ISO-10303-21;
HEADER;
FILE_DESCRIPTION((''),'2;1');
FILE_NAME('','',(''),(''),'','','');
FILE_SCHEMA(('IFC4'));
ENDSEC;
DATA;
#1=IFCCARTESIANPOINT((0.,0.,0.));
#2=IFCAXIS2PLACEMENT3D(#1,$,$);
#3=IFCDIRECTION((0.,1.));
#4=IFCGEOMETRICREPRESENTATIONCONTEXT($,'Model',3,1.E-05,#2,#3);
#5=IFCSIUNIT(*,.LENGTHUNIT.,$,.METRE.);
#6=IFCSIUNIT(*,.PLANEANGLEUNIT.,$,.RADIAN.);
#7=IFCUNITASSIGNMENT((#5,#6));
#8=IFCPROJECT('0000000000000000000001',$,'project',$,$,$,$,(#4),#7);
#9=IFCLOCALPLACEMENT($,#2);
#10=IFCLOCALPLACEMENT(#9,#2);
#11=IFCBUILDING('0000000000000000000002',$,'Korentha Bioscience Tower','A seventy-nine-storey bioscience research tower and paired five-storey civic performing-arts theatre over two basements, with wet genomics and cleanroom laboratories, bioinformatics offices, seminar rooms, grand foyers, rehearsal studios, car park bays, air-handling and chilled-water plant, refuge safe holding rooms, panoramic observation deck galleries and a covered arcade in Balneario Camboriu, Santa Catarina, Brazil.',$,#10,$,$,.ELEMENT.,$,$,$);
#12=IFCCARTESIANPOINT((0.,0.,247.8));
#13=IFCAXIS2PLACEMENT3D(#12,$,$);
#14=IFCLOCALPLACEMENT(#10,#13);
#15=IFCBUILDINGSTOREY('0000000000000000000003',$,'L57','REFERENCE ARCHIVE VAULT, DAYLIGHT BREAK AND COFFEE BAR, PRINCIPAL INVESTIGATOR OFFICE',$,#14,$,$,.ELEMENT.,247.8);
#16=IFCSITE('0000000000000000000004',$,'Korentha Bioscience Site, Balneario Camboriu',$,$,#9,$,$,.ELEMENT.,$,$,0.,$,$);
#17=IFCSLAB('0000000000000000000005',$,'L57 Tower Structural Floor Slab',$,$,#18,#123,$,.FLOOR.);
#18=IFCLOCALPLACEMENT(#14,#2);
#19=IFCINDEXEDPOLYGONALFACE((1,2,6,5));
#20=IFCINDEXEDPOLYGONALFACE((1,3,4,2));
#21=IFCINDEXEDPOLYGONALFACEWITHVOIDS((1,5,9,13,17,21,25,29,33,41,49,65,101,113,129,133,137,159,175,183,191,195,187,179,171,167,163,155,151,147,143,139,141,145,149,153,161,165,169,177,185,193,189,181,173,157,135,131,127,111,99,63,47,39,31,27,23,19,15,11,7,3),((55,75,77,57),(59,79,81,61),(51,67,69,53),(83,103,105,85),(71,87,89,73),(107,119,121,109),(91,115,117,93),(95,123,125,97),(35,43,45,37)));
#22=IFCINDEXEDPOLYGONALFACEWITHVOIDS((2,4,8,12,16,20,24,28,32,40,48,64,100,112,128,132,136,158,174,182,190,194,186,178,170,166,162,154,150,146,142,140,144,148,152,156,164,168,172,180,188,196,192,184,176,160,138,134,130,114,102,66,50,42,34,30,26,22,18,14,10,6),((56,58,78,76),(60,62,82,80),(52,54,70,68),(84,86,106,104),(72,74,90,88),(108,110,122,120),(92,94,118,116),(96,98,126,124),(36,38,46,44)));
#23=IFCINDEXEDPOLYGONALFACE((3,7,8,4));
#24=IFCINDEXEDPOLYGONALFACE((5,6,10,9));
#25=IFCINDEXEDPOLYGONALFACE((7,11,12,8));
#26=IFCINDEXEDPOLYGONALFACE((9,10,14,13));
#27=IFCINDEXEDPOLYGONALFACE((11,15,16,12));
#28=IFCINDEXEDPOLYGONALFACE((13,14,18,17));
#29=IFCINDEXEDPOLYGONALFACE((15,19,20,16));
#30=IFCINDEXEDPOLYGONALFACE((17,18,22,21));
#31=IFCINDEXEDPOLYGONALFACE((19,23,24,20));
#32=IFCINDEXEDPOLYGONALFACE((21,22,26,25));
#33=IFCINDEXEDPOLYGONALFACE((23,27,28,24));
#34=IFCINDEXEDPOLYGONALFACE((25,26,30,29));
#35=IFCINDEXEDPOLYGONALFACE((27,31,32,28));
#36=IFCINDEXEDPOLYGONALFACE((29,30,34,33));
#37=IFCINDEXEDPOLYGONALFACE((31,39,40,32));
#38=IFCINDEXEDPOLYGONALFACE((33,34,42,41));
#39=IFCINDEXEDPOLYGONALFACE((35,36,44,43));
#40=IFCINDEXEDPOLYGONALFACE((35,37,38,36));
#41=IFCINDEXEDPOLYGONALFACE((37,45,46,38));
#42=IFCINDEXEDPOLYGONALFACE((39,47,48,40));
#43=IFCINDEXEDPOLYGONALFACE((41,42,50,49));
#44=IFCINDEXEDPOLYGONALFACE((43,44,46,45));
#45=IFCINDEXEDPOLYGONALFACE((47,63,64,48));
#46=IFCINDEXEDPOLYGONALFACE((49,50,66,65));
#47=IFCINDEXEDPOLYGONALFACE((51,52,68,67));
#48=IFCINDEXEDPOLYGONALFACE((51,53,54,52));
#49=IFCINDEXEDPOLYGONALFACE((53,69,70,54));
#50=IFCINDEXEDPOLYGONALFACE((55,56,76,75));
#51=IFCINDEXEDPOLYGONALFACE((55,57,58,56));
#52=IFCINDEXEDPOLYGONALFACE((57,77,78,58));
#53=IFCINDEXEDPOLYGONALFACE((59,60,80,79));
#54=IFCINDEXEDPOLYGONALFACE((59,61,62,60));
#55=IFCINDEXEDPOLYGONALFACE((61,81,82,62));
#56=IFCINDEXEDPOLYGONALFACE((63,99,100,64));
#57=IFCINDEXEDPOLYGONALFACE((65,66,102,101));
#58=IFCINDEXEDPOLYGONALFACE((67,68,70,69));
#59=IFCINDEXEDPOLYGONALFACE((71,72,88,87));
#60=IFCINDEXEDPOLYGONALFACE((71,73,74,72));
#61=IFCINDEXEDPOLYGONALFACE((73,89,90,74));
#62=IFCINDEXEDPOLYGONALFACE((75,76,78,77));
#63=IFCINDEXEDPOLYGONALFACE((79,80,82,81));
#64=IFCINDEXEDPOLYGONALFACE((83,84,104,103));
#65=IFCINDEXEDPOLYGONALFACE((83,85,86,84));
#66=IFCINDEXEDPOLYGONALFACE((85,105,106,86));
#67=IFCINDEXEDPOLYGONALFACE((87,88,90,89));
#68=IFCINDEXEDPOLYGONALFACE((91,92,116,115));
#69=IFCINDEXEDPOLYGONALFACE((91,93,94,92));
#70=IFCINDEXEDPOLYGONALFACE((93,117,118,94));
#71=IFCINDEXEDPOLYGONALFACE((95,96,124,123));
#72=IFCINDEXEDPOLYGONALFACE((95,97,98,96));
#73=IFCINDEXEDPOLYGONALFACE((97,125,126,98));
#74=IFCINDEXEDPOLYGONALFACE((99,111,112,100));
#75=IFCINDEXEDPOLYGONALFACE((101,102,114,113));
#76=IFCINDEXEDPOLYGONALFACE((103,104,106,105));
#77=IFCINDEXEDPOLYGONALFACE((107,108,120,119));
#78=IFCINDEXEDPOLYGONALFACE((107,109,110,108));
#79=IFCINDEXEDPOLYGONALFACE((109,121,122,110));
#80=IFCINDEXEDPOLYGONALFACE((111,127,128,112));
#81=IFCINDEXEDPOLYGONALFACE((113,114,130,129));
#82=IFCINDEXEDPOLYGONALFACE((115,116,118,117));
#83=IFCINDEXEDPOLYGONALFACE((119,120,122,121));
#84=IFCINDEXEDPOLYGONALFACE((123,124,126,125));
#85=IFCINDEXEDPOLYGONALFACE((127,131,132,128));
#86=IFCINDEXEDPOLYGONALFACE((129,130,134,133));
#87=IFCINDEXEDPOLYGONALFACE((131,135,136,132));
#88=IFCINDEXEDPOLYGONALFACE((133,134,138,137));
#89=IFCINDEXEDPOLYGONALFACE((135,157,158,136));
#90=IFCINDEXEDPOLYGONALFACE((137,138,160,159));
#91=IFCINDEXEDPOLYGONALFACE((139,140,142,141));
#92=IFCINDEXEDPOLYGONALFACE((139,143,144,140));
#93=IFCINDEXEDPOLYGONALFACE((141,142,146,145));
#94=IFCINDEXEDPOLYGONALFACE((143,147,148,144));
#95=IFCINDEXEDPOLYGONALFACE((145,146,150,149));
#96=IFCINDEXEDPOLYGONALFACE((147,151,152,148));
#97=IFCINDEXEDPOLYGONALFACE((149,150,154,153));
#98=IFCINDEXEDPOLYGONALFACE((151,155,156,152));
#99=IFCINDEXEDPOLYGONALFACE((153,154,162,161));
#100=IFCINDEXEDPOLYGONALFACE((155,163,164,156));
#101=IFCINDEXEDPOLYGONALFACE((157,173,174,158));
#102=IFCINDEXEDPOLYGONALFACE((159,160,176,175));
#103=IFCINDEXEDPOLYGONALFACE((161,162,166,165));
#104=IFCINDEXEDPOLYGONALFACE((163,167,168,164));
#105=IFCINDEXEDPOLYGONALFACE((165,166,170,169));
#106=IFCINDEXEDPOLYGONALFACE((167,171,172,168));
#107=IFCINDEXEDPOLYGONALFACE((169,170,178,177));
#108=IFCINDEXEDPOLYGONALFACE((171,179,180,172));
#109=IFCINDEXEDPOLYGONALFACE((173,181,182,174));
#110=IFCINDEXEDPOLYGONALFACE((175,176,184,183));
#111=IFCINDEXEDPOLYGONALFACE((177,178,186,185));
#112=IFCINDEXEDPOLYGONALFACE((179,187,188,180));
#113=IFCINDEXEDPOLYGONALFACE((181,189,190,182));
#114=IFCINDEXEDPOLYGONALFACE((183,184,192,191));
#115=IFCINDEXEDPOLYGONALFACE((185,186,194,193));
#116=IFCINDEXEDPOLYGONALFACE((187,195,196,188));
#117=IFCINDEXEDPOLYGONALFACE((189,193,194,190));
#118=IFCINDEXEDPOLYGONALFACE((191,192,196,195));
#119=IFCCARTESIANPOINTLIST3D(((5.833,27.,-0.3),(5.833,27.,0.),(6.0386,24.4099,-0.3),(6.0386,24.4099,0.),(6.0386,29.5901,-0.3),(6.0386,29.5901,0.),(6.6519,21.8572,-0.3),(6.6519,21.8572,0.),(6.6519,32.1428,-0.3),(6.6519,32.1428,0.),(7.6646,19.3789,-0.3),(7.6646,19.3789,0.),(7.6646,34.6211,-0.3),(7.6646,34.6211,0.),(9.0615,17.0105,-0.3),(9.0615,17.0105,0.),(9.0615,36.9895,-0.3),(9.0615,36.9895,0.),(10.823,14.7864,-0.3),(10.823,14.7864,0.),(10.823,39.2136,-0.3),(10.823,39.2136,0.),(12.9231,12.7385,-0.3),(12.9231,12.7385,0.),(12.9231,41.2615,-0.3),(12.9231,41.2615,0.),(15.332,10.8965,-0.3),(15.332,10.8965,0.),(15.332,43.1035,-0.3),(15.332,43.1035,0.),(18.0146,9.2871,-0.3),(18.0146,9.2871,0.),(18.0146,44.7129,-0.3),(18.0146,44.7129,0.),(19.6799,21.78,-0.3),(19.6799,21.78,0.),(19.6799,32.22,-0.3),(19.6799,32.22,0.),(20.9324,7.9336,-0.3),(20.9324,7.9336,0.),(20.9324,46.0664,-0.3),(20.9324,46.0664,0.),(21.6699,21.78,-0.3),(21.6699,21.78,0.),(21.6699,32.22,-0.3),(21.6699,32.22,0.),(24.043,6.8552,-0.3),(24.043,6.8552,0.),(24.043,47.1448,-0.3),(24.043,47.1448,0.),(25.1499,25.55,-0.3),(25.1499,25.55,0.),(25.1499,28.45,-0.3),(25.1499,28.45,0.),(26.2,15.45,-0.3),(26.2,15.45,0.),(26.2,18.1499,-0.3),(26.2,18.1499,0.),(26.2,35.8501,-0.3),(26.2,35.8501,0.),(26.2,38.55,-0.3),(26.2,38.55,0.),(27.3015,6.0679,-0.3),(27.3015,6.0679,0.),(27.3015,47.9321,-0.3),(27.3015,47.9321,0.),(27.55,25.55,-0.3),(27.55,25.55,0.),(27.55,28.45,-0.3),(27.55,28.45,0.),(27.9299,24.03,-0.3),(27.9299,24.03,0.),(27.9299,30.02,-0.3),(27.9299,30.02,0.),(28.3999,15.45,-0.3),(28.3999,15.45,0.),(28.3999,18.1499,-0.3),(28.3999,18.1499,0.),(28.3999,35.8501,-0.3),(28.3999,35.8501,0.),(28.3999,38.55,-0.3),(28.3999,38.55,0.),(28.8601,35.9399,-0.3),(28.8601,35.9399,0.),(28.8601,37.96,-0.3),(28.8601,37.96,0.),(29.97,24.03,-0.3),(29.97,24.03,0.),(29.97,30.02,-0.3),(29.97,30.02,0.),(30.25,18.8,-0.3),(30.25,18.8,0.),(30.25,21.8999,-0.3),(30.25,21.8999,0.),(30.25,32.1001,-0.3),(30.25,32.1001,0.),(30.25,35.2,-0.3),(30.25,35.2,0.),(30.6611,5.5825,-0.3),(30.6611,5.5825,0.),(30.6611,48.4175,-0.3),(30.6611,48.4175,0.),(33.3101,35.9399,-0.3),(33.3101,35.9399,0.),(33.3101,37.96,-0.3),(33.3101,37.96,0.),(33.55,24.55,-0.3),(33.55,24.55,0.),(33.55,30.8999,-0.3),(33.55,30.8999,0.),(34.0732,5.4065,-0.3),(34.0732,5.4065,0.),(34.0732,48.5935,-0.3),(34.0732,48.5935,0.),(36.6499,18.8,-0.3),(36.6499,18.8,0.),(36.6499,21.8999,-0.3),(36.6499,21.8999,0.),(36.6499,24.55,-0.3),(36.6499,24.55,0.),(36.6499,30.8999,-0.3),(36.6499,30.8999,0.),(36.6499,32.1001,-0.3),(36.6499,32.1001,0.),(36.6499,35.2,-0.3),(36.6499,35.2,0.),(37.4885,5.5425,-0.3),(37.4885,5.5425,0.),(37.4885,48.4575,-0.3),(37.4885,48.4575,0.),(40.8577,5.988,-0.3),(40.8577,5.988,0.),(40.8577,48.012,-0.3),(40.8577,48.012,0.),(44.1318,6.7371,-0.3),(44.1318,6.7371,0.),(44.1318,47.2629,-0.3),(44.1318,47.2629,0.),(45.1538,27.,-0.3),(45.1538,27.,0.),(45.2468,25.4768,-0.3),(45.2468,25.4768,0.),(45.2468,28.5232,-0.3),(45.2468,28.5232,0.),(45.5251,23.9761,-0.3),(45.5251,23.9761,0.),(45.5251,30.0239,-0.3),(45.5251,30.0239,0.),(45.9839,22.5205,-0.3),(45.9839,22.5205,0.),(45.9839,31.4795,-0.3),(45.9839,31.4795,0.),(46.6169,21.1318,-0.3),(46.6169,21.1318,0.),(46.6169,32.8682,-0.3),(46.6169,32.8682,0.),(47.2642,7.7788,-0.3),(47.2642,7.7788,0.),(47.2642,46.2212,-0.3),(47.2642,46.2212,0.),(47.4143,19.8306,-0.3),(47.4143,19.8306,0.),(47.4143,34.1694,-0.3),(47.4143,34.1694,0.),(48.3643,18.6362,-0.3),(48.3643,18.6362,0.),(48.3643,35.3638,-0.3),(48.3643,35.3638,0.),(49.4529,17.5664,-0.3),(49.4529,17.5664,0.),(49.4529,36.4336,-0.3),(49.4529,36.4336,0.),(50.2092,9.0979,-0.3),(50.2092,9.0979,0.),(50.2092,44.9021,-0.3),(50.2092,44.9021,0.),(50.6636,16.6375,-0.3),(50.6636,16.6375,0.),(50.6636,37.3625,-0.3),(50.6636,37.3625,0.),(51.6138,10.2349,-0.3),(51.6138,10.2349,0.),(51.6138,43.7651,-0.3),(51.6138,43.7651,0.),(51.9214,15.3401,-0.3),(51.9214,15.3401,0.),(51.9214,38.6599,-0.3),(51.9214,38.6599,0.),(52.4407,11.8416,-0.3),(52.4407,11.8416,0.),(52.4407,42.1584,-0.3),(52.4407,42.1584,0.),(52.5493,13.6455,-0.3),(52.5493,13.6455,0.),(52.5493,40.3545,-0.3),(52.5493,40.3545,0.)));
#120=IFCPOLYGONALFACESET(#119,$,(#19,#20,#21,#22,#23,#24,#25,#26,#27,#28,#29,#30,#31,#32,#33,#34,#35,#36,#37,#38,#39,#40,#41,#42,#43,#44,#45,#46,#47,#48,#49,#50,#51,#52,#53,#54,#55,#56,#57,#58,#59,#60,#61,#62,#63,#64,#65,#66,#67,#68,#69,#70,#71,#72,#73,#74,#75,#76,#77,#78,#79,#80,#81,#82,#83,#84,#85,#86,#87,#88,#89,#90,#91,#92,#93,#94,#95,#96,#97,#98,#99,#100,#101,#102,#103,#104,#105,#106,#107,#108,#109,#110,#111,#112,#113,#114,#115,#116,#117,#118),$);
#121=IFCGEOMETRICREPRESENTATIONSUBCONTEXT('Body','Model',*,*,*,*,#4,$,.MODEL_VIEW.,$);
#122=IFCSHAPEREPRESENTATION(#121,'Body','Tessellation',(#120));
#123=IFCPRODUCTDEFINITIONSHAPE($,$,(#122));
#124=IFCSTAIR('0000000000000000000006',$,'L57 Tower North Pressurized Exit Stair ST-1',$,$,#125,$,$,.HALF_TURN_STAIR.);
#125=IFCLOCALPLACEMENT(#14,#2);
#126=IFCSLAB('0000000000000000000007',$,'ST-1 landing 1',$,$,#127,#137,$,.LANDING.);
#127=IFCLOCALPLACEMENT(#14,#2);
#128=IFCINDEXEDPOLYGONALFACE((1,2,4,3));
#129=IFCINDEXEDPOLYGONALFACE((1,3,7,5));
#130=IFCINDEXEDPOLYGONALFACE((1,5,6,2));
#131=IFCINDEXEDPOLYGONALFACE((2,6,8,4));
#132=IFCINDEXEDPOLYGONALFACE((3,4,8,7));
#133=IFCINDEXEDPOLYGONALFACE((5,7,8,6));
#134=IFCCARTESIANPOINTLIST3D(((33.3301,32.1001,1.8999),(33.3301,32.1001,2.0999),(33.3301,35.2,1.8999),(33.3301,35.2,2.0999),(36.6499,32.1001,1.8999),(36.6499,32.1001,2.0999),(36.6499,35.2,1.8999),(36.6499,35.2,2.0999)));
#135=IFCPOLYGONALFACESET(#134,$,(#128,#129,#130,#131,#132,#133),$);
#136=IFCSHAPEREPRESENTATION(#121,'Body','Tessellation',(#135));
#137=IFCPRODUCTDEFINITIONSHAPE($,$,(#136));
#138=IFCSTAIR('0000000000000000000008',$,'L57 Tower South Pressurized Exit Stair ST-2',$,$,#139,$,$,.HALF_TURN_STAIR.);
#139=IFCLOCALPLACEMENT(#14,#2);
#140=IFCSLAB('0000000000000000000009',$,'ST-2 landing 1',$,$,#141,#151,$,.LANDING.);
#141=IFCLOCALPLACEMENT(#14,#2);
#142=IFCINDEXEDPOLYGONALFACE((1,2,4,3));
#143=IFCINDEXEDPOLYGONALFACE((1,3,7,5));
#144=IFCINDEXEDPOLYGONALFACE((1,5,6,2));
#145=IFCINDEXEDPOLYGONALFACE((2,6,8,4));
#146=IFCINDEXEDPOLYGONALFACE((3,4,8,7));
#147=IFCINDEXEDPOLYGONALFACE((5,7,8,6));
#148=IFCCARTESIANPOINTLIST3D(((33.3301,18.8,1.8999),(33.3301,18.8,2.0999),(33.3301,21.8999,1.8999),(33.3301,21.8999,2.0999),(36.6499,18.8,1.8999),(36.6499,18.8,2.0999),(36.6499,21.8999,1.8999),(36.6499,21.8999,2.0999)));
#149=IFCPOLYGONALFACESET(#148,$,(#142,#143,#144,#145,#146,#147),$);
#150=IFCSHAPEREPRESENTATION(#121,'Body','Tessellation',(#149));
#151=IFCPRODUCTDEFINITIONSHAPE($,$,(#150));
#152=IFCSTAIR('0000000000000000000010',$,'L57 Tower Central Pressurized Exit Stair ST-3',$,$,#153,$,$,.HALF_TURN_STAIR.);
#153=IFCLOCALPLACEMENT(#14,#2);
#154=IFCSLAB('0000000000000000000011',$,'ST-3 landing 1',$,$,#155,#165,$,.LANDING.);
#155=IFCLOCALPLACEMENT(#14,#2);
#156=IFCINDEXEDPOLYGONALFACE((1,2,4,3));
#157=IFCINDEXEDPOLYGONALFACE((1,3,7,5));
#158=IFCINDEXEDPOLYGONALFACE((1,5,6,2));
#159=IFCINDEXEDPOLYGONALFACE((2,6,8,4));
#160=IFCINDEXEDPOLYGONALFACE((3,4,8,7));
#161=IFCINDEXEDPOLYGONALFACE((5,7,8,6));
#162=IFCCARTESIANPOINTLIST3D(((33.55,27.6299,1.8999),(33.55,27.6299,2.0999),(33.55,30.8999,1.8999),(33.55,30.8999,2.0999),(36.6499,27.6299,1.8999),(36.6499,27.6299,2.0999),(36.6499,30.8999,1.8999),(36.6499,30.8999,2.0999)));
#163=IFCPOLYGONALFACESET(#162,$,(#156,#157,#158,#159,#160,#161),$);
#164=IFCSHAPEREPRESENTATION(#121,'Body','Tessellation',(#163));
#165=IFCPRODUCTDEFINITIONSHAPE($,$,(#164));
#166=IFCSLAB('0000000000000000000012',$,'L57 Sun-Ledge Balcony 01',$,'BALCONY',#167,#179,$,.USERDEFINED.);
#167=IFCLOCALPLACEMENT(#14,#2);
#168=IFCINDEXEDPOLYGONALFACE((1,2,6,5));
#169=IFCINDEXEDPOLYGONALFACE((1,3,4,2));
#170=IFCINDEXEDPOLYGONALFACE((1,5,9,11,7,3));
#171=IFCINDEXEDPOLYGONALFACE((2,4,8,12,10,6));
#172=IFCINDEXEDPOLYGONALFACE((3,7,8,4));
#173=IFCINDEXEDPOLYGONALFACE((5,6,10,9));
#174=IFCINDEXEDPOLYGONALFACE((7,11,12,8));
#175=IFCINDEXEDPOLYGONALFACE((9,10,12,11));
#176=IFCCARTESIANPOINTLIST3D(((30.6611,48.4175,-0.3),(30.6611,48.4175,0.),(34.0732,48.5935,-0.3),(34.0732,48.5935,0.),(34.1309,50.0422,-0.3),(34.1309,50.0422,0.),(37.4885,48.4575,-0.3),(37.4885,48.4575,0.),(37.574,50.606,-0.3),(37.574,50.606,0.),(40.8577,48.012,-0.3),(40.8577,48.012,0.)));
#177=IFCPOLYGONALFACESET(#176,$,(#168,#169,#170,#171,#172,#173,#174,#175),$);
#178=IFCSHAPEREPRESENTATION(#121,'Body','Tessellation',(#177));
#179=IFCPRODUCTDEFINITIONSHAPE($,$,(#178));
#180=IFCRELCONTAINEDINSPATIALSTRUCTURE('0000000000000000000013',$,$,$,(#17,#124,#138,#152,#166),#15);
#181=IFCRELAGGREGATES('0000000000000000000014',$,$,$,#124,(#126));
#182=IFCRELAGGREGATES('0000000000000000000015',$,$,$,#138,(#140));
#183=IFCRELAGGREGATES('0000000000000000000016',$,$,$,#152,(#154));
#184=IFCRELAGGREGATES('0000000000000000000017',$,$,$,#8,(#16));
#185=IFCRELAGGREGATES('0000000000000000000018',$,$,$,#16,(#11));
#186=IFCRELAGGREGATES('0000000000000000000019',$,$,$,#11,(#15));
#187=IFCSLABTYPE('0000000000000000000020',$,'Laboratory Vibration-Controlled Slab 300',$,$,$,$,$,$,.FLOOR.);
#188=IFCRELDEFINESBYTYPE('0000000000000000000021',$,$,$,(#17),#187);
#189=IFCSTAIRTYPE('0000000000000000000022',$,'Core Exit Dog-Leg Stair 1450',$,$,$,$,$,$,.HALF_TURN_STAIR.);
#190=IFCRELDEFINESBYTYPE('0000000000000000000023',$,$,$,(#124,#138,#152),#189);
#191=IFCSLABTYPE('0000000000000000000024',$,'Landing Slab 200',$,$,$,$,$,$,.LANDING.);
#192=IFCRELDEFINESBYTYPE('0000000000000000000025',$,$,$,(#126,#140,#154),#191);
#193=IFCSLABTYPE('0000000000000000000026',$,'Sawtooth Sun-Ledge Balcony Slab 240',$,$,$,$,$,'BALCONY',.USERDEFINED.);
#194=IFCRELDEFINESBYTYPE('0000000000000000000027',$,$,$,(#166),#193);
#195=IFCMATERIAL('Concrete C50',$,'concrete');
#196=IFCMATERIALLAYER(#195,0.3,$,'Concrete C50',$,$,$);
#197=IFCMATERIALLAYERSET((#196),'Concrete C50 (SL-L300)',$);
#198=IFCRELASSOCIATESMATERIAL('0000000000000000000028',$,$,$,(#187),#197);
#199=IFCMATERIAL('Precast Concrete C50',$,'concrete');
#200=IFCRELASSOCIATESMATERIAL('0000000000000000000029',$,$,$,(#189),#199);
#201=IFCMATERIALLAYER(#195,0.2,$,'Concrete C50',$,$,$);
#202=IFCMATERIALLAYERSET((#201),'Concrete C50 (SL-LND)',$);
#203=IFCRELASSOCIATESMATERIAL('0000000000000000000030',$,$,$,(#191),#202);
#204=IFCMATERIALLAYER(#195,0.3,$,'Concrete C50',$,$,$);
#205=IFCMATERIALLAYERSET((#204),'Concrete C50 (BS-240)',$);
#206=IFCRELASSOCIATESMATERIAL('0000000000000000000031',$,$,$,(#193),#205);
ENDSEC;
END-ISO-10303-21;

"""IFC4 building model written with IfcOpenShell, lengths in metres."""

from ifc_helpers import new_model, si_unit, direction, frame, origin, place, context, subcontext, project, spatial, polyline, outline, extrude, material, layer, layer_set, type_object, element, aggregate, save


model = new_model("IFC4")

# Units and contexts
model_context = context("Model", 3, precision=1e-05, world=origin(), true_north=direction((0.0, 1.0)))
body_context = subcontext(model_context, "Body", "Model", "MODEL_VIEW")
ifc_project = project(units=[si_unit("LENGTHUNIT", "METRE"), si_unit("PLANEANGLEUNIT", "RADIAN")], contexts=[model_context])

# Site, building, storey
site_placement = place(None, origin())
site = spatial("IfcSite", under=ifc_project, at=site_placement, Name="Korentha Bioscience Site, Balneario Camboriu", CompositionType="ELEMENT", RefElevation=0.0)
building_placement = place(site_placement, origin())
building = spatial("IfcBuilding", under=site, at=building_placement, Name="Korentha Bioscience Tower", Description="A seventy-nine-storey bioscience research tower and paired five-storey civic performing-arts theatre over two basements, with wet genomics and cleanroom laboratories, bioinformatics offices, seminar rooms, grand foyers, rehearsal studios, car park bays, air-handling and chilled-water plant, refuge safe holding rooms, panoramic observation deck galleries and a covered arcade in Balneario Camboriu, Santa Catarina, Brazil.", CompositionType="ELEMENT")
storey_placement = place(building_placement, frame((0.0, 0.0, 247.8)))
storey = spatial("IfcBuildingStorey", under=building, at=storey_placement, Name="L57", Description="REFERENCE ARCHIVE VAULT, DAYLIGHT BREAK AND COFFEE BAR, PRINCIPAL INVESTIGATOR OFFICE", CompositionType="ELEMENT", Elevation=247.8)

# Slab
ifc_material_1 = material(Name="Concrete C50", Category="concrete")
ifc_layer_1 = layer(ifc_material_1, 0.3, Name="Concrete C50")
ifc_layer_set_1 = layer_set([ifc_layer_1], Name="Concrete C50 (SL-L300)")
slab_type_1 = type_object("IfcSlabType", Name="Laboratory Vibration-Controlled Slab 300", PredefinedType="FLOOR", material=ifc_layer_set_1)
slab_1_placement = place(storey_placement, frame((0.0, 0.0, -0.3)))
element("IfcSlab", 1, at=slab_1_placement, inside=storey, type_object=slab_type_1, Name="L57 Tower Structural Floor Slab", PredefinedType="FLOOR", context=body_context, shape_type="SweptSolid", body=[
    extrude(outline(polyline([(50.2092, 44.9021), (47.2642, 46.2212), (44.1318, 47.2629), (40.8577, 48.012), (37.4885, 48.4575), (34.0732, 48.5935), (30.6611, 48.4175), (27.3015, 47.9321), (24.043, 47.1448), (20.9324, 46.0664), (18.0146, 44.7129), (15.332, 43.1035), (12.9231, 41.2615), (10.823, 39.2136), (9.0615, 36.9895), (7.6646, 34.6211), (6.6519, 32.1428), (6.0386, 29.5901), (5.833, 27.0), (6.0386, 24.4099), (6.6519, 21.8572), (7.6646, 19.3789), (9.0615, 17.0105), (10.823, 14.7864), (12.9231, 12.7385), (15.332, 10.8965), (18.0146, 9.2871), (20.9324, 7.9336), (24.043, 6.8552), (27.3015, 6.0679), (30.6611, 5.5825), (34.0732, 5.4065), (37.4885, 5.5425), (40.8577, 5.988), (44.1318, 6.7371), (47.2642, 7.7788), (50.2092, 9.0979), (51.6138, 10.2349), (52.4407, 11.8416), (52.5493, 13.6455), (51.9214, 15.3401), (50.6636, 16.6375), (49.4529, 17.5664), (48.3643, 18.6362), (47.4143, 19.8306), (46.6169, 21.1318), (45.9839, 22.5205), (45.5251, 23.9761), (45.2468, 25.4768), (45.1538, 27.0), (45.2468, 28.5232), (45.5251, 30.0239), (45.9839, 31.4795), (46.6169, 32.8682), (47.4143, 34.1694), (48.3643, 35.3638), (49.4529, 36.4336), (50.6636, 37.3625), (51.9214, 38.6599), (52.5493, 40.3545), (52.4407, 42.1584), (51.6138, 43.7651), (50.2092, 44.9021)]), holes=[polyline([(30.25, 32.1001), (36.6499, 32.1001), (36.6499, 35.2), (30.25, 35.2), (30.25, 32.1001)]), polyline([(30.25, 18.8), (36.6499, 18.8), (36.6499, 21.8999), (30.25, 21.8999), (30.25, 18.8)]), polyline([(36.6499, 24.55), (36.6499, 30.8999), (33.55, 30.8999), (33.55, 24.55), (36.6499, 24.55)]), polyline([(19.6799, 21.78), (21.6699, 21.78), (21.6699, 32.22), (19.6799, 32.22), (19.6799, 21.78)]), polyline([(27.9299, 24.03), (29.97, 24.03), (29.97, 30.02), (27.9299, 30.02), (27.9299, 24.03)]), polyline([(28.8601, 35.9399), (33.3101, 35.9399), (33.3101, 37.96), (28.8601, 37.96), (28.8601, 35.9399)]), polyline([(26.2, 15.45), (28.3999, 15.45), (28.3999, 18.1499), (26.2, 18.1499), (26.2, 15.45)]), polyline([(26.2, 35.8501), (28.3999, 35.8501), (28.3999, 38.55), (26.2, 38.55), (26.2, 35.8501)]), polyline([(25.1499, 25.55), (27.55, 25.55), (27.55, 28.45), (25.1499, 28.45), (25.1499, 25.55)])]), origin(), (0.0, 0.0, 1.0), 0.3),
])

# Stairs, slabs
ifc_material_2 = material(Name="Precast Concrete C50", Category="concrete")
stair_type = type_object("IfcStairType", Name="Core Exit Dog-Leg Stair 1450", PredefinedType="HALF_TURN_STAIR", material=ifc_material_2)
stair_1_placement = place(storey_placement, origin())
stair_1 = element("IfcStair", 2, at=stair_1_placement, inside=storey, type_object=stair_type, Name="L57 Tower North Pressurized Exit Stair ST-1", PredefinedType="HALF_TURN_STAIR")
ifc_layer_2 = layer(ifc_material_1, 0.2, Name="Concrete C50")
ifc_layer_set_2 = layer_set([ifc_layer_2], Name="Concrete C50 (SL-LND)")
slab_type_2 = type_object("IfcSlabType", Name="Landing Slab 200", PredefinedType="LANDING", material=ifc_layer_set_2)
slab_2_placement = place(storey_placement, frame((0.0, 0.0, 1.8999)))
slab_2 = element("IfcSlab", 3, at=slab_2_placement, type_object=slab_type_2, Name="ST-1 landing 1", PredefinedType="LANDING", context=body_context, shape_type="SweptSolid", body=[
    extrude(outline(polyline([(33.3301, 32.1001), (36.6499, 32.1001), (36.6499, 35.2), (33.3301, 35.2), (33.3301, 32.1001)])), origin(), (0.0, 0.0, 1.0), 0.2),
])
aggregate(stair_1, [slab_2])
stair_2_placement = place(storey_placement, origin())
stair_2 = element("IfcStair", 4, at=stair_2_placement, inside=storey, type_object=stair_type, Name="L57 Tower South Pressurized Exit Stair ST-2", PredefinedType="HALF_TURN_STAIR")
slab_3_placement = place(storey_placement, frame((0.0, 0.0, 1.8999)))
slab_3 = element("IfcSlab", 5, at=slab_3_placement, type_object=slab_type_2, Name="ST-2 landing 1", PredefinedType="LANDING", context=body_context, shape_type="SweptSolid", body=[
    extrude(outline(polyline([(33.3301, 18.8), (36.6499, 18.8), (36.6499, 21.8999), (33.3301, 21.8999), (33.3301, 18.8)])), origin(), (0.0, 0.0, 1.0), 0.2),
])
aggregate(stair_2, [slab_3])
stair_3_placement = place(storey_placement, origin())
stair_3 = element("IfcStair", 6, at=stair_3_placement, inside=storey, type_object=stair_type, Name="L57 Tower Central Pressurized Exit Stair ST-3", PredefinedType="HALF_TURN_STAIR")
slab_4_placement = place(storey_placement, frame((0.0, 0.0, 1.8999)))
slab_4 = element("IfcSlab", 7, at=slab_4_placement, type_object=slab_type_2, Name="ST-3 landing 1", PredefinedType="LANDING", context=body_context, shape_type="SweptSolid", body=[
    extrude(outline(polyline([(36.6499, 27.6299), (36.6499, 30.8999), (33.55, 30.8999), (33.55, 27.6299), (36.6499, 27.6299)])), origin(), (0.0, 0.0, 1.0), 0.2),
])
aggregate(stair_3, [slab_4])

# Slab
ifc_layer_3 = layer(ifc_material_1, 0.3, Name="Concrete C50")
ifc_layer_set_3 = layer_set([ifc_layer_3], Name="Concrete C50 (BS-240)")
slab_type_3 = type_object("IfcSlabType", Name="Sawtooth Sun-Ledge Balcony Slab 240", ElementType="BALCONY", PredefinedType="USERDEFINED", material=ifc_layer_set_3)
slab_5_placement = place(storey_placement, frame((0.0, 0.0, -0.3)))
element("IfcSlab", 8, at=slab_5_placement, inside=storey, type_object=slab_type_3, Name="L57 Sun-Ledge Balcony 01", ObjectType="BALCONY", PredefinedType="USERDEFINED", context=body_context, shape_type="SweptSolid", body=[
    extrude(outline(polyline([(30.6611, 48.4175), (34.0732, 48.5935), (37.4885, 48.4575), (40.8577, 48.012), (37.574, 50.606), (34.1309, 50.0422), (30.6611, 48.4175)])), origin(), (0.0, 0.0, 1.0), 0.3),
])

save(model, "model.ifc")
